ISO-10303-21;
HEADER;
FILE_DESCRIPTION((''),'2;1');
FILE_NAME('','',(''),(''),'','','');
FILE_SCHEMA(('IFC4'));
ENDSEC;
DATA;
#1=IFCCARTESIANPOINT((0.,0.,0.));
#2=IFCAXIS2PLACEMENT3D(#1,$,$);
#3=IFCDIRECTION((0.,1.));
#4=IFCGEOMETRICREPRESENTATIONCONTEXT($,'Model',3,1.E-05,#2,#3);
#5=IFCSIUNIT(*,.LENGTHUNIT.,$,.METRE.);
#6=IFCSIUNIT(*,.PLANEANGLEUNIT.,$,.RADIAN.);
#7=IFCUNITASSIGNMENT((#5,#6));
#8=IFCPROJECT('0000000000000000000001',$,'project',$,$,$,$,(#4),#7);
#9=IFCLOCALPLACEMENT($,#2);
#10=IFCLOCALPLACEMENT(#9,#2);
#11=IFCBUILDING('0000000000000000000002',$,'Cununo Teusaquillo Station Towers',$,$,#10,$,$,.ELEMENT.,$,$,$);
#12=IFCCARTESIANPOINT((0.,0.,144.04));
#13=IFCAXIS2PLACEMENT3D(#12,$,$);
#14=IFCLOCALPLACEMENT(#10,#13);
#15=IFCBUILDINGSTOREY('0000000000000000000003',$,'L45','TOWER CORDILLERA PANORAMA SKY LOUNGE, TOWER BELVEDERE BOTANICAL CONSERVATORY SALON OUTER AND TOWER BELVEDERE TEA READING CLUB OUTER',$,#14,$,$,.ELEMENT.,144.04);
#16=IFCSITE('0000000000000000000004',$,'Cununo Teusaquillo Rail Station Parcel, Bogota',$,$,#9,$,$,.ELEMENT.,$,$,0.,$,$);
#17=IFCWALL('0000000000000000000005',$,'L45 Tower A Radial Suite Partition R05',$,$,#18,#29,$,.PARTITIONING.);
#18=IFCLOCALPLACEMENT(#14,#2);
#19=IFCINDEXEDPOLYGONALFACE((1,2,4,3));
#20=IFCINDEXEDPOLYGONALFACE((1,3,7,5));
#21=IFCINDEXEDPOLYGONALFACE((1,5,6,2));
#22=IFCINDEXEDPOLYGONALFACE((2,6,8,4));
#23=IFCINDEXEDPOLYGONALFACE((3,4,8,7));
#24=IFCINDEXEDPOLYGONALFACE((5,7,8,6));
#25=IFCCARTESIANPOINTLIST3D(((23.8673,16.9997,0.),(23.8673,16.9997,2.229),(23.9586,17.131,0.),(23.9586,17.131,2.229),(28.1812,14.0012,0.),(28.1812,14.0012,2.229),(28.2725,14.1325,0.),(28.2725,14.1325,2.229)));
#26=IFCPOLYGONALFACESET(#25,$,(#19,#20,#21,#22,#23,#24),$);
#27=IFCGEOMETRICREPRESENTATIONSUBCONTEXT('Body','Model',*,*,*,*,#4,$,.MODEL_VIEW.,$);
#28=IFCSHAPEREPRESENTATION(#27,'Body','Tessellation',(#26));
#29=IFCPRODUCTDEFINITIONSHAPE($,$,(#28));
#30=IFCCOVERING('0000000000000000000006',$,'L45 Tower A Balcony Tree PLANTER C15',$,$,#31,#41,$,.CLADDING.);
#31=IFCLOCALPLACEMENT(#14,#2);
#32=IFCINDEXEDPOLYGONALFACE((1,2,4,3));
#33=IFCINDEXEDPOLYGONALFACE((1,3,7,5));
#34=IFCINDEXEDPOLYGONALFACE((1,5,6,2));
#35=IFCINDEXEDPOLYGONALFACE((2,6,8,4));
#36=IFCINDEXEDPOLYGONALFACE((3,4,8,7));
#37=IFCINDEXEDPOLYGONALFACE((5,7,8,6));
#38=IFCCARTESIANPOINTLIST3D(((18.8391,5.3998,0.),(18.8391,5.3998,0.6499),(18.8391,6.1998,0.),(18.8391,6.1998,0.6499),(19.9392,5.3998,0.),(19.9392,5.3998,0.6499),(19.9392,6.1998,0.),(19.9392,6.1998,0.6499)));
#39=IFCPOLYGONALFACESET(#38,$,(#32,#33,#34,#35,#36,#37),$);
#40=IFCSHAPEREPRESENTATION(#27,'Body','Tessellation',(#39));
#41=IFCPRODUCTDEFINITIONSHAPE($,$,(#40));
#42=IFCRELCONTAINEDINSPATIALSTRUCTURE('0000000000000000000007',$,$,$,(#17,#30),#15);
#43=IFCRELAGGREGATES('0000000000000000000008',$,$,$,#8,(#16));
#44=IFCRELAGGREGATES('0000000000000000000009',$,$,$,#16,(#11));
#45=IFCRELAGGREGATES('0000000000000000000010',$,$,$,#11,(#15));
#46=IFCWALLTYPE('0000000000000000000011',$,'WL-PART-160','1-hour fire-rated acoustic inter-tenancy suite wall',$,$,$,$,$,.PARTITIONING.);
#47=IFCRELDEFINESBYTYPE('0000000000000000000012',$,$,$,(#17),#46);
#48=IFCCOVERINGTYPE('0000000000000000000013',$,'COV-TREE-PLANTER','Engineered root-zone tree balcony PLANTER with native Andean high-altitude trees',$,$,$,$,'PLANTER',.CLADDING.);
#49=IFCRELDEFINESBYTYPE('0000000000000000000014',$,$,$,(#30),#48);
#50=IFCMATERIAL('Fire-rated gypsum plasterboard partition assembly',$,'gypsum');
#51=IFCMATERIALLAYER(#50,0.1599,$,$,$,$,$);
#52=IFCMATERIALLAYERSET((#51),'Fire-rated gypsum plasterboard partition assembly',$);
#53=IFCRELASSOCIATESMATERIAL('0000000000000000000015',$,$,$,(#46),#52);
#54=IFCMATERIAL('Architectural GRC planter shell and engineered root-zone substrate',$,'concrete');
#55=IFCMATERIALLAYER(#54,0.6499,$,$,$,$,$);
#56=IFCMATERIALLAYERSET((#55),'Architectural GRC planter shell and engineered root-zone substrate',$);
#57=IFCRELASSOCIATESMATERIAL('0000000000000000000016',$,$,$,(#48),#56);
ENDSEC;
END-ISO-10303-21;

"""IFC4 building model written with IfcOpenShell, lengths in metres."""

from ifc_helpers import new_model, si_unit, direction, frame, frame_2d, origin, origin_2d, place, context, subcontext, project, spatial, rectangle, extrude, source, transform, mapped, material, layer, layer_set, type_object, element, save


model = new_model("IFC4")

# Units and contexts
model_context = context("Model", 3, precision=1e-05, world=origin(), true_north=direction((0.0, 1.0)))
body_context = subcontext(model_context, "Body", "Model", "MODEL_VIEW")
ifc_project = project(units=[si_unit("LENGTHUNIT", "METRE"), si_unit("PLANEANGLEUNIT", "RADIAN")], contexts=[model_context])

# Site, building, storey
site_placement = place(None, origin())
site = spatial("IfcSite", under=ifc_project, at=site_placement, Name="Cununo Teusaquillo Rail Station Parcel, Bogota", CompositionType="ELEMENT", RefElevation=0.0)
building_placement = place(site_placement, origin())
building = spatial("IfcBuilding", under=site, at=building_placement, Name="Cununo Teusaquillo Station Towers", CompositionType="ELEMENT")
storey_placement = place(building_placement, frame((0.0, 0.0, 144.04)))
storey = spatial("IfcBuildingStorey", under=building, at=storey_placement, Name="L45", Description="TOWER CORDILLERA PANORAMA SKY LOUNGE, TOWER BELVEDERE BOTANICAL CONSERVATORY SALON OUTER AND TOWER BELVEDERE TEA READING CLUB OUTER", CompositionType="ELEMENT", Elevation=144.04)

# Wall
ifc_material_1 = material(Name="Fire-rated gypsum plasterboard partition assembly", Category="gypsum")
ifc_layer_1 = layer(ifc_material_1, 0.1599)
ifc_layer_set_1 = layer_set([ifc_layer_1], Name="Fire-rated gypsum plasterboard partition assembly")
wall_type_1 = type_object("IfcWallType", Name="WL-PART-160", Description="1-hour fire-rated acoustic inter-tenancy suite wall", PredefinedType="PARTITIONING", material=ifc_layer_set_1)
wall_1_placement = place(storey_placement, frame((23.9128, 17.0654, 0.0), z_axis=(0.0, 0.0, 1.0), x_axis=(0.821127, -0.570746, 0.0)))
element("IfcWall", 1, at=wall_1_placement, inside=storey, type_object=wall_type_1, Name="L45 Tower A Radial Suite Partition R05", PredefinedType="PARTITIONING", context=body_context, shape_type="SweptSolid", body=[
    extrude(rectangle(XDim=5.2537, YDim=0.1599, at=frame_2d((2.627, 0.0))), origin(), (0.0, 0.0, 1.0), 2.229),
])

# Covering
ifc_material_2 = material(Name="Architectural GRC planter shell and engineered root-zone substrate", Category="concrete")
ifc_layer_2 = layer(ifc_material_2, 0.6499)
ifc_layer_set_2 = layer_set([ifc_layer_2], Name="Architectural GRC planter shell and engineered root-zone substrate")
covering_type = type_object("IfcCoveringType", Name="COV-TREE-PLANTER", Description="Engineered root-zone tree balcony PLANTER with native Andean high-altitude trees", ElementType="PLANTER", PredefinedType="CLADDING", material=ifc_layer_set_2)
shared_shape_1 = source(origin(), body_context, "Body", "SweptSolid", [
    extrude(rectangle(XDim=1.1001, YDim=0.8, at=origin_2d()), origin(), (0.0, 0.0, 1.0), 0.6499),
])
covering_placement = place(storey_placement, frame((19.3892, 5.7998, 0.0), z_axis=(0.0, 0.0, 1.0), x_axis=(1.0, 0.0, 0.0)))
element("IfcCovering", 2, at=covering_placement, inside=storey, type_object=covering_type, Name="L45 Tower A Balcony Tree PLANTER C15", PredefinedType="CLADDING", context=body_context, shape_type="MappedRepresentation", body=[
    mapped(shared_shape_1, transform((0.0, 0.0, 0.0), x_axis=(1.0, 0.0, 0.0), y_axis=(0.0, 1.0, 0.0), z_axis=(0.0, 0.0, 1.0), scale=1.0)),
])

save(model, "model.ifc")
